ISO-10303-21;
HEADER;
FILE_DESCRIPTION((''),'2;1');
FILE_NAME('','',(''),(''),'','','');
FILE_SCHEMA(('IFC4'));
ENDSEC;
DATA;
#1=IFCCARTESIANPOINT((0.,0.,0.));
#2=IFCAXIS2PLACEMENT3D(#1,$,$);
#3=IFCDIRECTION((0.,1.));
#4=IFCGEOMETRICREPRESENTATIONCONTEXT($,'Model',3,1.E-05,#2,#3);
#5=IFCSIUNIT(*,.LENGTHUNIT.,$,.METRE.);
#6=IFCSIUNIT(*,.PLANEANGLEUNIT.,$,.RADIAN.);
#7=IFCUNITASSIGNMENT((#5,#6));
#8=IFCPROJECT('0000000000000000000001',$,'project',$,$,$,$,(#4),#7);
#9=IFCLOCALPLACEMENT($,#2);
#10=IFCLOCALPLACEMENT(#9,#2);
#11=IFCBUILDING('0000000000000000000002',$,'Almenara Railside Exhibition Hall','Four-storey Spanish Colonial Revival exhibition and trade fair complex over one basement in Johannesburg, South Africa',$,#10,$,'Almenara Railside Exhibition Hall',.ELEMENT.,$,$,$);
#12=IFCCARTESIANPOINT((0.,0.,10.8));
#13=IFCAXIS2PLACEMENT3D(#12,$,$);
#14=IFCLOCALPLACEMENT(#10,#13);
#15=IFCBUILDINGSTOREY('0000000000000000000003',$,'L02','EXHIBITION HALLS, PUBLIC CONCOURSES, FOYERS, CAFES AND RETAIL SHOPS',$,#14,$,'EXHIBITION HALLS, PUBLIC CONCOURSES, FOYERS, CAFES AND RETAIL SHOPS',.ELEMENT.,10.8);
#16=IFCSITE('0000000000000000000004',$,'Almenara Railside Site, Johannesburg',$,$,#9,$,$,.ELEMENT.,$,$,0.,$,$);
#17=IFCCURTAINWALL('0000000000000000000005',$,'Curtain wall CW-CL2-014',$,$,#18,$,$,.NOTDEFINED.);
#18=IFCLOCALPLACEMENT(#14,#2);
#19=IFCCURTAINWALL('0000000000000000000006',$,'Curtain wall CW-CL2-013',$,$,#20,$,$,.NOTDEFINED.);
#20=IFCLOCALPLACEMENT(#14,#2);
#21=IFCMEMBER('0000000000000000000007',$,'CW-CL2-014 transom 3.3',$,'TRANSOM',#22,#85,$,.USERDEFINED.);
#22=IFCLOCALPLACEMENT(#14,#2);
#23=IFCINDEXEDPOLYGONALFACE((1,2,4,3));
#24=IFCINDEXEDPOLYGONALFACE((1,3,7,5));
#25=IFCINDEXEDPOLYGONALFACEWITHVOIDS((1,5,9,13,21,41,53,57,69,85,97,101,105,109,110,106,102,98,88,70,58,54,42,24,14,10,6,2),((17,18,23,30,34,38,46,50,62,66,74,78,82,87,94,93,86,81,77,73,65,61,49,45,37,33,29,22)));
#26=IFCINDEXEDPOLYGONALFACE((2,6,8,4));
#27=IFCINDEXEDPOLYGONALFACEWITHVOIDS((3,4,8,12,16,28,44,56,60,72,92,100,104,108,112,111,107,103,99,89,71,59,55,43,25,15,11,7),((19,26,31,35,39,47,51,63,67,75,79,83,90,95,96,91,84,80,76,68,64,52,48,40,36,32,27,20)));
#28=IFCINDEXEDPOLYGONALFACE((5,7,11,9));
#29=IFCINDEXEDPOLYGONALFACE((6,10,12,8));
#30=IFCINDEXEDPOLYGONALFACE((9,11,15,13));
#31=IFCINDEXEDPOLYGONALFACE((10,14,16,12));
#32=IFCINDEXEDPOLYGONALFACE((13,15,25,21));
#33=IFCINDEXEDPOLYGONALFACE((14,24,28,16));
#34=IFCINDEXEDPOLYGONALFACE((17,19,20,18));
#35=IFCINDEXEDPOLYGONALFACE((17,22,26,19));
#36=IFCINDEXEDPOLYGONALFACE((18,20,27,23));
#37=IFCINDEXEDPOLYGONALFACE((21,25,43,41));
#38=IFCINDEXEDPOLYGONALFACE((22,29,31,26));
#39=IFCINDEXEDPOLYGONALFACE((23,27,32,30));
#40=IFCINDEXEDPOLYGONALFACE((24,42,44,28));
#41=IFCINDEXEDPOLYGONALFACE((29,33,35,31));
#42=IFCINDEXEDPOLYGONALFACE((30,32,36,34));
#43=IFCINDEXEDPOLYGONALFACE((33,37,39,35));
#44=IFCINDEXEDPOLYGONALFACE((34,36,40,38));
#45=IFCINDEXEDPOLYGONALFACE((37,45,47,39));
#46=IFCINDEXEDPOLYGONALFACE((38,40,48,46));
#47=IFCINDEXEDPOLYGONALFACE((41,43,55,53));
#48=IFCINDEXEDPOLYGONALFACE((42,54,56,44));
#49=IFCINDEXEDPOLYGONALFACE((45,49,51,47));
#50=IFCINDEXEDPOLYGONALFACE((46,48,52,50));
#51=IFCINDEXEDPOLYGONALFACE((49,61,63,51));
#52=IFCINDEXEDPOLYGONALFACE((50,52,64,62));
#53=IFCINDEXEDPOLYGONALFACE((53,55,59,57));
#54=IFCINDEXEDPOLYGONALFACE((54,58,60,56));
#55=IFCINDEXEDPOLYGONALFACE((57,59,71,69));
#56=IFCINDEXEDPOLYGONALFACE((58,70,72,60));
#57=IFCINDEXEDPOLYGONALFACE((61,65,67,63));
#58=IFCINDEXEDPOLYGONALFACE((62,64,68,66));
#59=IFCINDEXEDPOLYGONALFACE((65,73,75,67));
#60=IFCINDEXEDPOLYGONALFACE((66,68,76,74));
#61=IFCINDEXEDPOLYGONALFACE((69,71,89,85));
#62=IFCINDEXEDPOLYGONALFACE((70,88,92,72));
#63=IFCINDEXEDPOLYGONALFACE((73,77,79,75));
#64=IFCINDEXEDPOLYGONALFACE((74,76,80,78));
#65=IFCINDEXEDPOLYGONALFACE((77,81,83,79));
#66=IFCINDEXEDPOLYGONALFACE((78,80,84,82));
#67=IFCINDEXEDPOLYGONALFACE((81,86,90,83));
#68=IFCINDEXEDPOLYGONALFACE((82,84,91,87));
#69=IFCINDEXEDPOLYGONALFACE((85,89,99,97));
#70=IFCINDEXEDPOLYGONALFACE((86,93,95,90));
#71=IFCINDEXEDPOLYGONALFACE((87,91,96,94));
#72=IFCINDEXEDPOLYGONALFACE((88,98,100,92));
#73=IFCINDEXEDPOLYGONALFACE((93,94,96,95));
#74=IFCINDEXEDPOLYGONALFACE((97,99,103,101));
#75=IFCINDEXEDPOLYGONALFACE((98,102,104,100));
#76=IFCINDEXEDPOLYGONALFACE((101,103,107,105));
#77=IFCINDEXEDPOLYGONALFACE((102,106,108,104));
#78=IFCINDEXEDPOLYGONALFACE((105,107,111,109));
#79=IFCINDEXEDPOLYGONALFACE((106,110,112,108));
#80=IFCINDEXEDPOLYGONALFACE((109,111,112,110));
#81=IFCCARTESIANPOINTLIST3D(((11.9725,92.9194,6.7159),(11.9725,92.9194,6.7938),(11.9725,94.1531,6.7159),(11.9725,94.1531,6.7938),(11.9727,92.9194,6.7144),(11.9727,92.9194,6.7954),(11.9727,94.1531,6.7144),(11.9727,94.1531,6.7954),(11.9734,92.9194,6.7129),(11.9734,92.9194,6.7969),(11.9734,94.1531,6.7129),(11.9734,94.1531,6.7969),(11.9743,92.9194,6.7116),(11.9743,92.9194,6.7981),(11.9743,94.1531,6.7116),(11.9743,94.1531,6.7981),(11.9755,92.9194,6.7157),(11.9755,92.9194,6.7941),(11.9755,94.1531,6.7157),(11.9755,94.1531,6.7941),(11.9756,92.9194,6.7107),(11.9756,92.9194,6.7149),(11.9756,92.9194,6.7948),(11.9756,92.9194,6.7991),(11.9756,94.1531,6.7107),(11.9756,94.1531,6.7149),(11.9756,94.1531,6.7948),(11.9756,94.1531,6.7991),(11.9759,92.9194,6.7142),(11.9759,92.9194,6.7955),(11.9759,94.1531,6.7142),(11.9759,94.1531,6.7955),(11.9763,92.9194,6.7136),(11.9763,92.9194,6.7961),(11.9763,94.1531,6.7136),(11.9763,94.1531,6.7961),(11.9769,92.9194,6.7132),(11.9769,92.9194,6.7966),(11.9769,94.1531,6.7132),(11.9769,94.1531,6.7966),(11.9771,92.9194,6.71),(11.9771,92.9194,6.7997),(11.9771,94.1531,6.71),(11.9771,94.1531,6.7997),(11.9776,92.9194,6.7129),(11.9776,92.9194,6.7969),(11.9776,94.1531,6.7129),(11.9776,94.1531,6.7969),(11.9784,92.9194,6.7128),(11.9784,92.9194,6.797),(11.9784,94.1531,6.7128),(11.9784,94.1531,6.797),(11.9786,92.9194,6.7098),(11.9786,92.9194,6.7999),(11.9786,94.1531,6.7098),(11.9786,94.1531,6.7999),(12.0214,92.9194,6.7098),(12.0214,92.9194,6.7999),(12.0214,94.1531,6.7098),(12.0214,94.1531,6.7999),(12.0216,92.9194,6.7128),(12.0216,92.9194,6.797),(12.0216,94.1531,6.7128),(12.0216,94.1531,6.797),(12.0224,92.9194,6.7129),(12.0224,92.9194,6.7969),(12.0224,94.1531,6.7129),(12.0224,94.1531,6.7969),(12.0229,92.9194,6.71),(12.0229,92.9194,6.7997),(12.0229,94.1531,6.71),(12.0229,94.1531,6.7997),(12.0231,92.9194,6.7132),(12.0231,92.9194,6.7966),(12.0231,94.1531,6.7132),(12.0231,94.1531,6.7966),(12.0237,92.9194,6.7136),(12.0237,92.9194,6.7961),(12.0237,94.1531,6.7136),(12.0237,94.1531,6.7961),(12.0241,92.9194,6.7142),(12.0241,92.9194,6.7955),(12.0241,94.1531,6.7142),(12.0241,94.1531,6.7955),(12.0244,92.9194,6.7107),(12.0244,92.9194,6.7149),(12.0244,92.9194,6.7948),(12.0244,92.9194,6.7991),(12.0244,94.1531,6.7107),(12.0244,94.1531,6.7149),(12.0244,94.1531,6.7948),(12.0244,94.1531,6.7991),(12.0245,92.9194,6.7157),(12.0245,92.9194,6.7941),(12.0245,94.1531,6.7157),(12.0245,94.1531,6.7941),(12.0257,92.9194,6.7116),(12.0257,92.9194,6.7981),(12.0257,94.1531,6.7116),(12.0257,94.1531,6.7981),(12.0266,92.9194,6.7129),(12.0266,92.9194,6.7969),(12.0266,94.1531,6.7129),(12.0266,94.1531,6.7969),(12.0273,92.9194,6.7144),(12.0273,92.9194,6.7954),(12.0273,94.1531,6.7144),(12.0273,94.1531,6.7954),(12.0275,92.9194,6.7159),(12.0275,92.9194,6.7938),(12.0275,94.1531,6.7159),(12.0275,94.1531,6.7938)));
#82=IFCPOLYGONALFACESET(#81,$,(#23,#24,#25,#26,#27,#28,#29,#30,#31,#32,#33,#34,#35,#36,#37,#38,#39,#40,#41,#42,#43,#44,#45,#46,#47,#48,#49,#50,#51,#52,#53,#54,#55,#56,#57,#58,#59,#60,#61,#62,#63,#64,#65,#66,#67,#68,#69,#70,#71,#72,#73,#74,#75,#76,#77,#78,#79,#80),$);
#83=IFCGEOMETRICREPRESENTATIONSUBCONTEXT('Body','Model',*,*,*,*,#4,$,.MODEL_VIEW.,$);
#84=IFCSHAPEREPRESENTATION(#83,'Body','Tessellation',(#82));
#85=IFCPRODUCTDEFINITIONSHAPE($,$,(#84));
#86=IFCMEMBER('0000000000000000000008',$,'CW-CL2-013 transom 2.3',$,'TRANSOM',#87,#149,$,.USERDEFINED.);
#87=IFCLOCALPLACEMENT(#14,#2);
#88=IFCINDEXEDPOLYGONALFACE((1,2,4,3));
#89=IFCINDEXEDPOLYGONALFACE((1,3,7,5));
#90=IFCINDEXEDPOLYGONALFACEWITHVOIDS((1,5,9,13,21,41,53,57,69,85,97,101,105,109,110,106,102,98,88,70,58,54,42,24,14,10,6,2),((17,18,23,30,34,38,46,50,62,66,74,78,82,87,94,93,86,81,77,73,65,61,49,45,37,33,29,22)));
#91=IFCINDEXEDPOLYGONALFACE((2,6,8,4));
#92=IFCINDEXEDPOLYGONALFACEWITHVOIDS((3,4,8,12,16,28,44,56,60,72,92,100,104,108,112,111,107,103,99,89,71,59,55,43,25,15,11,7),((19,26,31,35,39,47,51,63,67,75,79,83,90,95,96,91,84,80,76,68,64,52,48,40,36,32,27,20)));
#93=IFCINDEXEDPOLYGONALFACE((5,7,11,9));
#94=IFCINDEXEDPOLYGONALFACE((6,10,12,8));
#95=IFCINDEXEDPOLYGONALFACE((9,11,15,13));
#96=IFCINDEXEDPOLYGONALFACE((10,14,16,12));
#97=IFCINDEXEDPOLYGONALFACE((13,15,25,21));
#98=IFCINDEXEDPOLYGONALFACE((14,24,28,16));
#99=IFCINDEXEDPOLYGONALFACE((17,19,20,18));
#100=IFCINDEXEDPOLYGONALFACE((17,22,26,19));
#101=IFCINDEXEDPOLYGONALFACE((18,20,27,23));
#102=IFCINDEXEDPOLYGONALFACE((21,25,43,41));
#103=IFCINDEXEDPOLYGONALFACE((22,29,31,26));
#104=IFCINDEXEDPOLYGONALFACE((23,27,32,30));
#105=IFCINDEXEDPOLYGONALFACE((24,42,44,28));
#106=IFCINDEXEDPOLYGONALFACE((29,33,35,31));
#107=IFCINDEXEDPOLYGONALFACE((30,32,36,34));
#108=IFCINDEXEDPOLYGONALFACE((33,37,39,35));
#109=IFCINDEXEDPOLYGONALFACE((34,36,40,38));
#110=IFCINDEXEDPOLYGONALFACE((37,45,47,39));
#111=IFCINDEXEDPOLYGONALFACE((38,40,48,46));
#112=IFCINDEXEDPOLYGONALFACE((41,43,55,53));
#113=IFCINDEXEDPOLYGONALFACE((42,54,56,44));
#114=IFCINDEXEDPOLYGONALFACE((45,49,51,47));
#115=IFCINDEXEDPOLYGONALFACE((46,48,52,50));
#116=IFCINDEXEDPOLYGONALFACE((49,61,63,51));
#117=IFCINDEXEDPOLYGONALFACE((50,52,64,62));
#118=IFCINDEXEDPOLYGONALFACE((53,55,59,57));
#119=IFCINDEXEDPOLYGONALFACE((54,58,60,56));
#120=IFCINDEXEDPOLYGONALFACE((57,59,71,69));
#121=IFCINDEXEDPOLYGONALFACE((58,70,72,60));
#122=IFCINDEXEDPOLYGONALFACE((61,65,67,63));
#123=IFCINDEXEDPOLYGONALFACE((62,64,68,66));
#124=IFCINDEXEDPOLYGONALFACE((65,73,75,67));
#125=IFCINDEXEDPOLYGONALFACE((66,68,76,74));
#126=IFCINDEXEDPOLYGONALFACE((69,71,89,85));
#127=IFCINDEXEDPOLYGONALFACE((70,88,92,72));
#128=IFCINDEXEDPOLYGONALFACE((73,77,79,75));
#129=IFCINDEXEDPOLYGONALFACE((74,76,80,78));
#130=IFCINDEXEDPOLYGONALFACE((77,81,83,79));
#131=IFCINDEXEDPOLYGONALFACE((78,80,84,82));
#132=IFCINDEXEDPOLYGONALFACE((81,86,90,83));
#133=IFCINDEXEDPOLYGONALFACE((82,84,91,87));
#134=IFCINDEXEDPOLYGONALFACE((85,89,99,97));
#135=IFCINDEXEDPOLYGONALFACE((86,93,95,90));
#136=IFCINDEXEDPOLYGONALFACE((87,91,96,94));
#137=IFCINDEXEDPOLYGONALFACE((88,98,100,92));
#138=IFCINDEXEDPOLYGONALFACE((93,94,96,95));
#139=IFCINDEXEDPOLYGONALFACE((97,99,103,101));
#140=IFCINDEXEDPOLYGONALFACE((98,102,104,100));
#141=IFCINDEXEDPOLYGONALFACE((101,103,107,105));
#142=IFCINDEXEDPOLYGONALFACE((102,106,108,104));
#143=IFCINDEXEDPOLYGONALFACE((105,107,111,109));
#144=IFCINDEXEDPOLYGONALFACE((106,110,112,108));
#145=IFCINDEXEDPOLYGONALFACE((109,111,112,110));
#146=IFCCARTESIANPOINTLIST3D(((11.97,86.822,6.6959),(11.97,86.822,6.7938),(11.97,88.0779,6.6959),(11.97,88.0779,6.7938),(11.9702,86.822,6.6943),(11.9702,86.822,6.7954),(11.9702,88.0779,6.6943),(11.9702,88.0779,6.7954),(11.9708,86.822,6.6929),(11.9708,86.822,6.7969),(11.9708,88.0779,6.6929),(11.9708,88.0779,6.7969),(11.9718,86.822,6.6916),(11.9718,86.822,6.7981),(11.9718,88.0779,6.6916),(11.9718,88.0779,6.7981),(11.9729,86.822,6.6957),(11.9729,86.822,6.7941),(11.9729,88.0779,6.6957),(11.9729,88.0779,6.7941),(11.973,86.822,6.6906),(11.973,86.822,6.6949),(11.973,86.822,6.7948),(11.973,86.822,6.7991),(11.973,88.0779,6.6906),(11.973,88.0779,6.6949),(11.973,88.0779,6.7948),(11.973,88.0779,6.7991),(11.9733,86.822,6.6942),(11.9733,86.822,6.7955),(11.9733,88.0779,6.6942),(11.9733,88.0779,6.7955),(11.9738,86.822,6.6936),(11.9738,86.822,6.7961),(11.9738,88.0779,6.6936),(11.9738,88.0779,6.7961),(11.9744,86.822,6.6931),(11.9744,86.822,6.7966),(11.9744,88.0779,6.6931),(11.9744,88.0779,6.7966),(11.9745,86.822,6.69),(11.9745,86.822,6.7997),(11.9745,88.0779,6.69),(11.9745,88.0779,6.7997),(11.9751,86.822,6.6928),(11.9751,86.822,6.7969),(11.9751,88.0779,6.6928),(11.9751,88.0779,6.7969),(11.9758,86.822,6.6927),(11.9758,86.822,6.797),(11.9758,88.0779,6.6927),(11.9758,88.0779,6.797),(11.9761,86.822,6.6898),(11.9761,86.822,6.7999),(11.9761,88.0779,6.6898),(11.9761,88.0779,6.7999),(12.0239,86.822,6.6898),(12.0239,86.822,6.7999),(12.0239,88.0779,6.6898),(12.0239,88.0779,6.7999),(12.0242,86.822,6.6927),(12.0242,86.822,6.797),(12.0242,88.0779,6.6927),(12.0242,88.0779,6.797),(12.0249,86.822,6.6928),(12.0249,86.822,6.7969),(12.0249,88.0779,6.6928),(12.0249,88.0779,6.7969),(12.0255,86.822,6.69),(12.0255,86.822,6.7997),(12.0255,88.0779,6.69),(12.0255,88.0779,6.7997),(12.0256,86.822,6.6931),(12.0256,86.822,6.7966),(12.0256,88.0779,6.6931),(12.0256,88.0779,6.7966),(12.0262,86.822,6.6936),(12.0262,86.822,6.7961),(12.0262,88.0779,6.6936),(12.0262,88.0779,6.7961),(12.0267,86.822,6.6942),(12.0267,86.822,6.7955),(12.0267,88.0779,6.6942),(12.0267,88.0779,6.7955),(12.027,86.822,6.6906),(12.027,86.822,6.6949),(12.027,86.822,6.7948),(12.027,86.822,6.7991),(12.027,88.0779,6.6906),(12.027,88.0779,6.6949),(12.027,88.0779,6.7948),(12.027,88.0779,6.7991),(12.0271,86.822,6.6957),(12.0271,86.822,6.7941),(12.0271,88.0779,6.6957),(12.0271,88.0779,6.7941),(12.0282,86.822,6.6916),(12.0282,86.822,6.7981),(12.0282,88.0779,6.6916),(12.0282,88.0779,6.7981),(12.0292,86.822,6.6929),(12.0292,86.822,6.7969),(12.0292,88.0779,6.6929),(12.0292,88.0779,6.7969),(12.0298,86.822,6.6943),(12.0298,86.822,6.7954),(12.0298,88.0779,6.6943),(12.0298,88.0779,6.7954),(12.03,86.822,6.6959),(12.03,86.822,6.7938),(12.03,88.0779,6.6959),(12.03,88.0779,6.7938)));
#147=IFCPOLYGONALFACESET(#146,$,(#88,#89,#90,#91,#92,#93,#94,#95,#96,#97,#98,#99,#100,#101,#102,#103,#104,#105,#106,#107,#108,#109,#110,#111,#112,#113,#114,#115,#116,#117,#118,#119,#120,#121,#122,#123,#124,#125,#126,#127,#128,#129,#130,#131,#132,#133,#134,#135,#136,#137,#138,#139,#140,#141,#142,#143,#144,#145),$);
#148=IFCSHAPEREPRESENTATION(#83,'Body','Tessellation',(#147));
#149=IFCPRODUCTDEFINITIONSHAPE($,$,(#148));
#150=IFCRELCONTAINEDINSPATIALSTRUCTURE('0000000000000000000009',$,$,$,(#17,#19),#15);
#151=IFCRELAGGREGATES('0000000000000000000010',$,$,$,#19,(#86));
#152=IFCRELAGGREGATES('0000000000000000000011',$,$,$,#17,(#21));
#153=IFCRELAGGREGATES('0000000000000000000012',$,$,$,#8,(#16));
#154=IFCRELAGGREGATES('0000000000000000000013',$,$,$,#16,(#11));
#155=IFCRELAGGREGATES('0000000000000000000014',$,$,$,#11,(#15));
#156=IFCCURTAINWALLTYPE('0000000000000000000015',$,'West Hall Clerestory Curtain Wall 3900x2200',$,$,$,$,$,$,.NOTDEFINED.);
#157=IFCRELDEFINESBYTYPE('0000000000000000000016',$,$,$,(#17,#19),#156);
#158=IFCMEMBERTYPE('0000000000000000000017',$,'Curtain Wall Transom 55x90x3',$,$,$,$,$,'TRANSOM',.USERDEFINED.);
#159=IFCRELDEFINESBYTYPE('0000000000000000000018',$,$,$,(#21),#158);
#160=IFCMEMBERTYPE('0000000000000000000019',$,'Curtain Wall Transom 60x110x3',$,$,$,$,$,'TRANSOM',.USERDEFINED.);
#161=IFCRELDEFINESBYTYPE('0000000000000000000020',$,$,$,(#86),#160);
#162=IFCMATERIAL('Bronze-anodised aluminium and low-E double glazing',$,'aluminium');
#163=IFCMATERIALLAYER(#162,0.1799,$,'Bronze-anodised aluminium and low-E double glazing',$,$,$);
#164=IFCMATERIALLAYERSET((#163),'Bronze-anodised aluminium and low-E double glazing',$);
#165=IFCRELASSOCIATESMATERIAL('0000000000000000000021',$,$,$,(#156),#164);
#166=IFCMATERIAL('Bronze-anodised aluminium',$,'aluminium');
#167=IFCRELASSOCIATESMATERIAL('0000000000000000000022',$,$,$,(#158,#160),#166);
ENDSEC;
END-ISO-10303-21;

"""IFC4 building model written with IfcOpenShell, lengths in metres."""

from ifc_helpers import new_model, si_unit, direction, frame, origin, origin_2d, place, context, subcontext, project, spatial, hollow_rectangle, extrude, material, layer, layer_set, material_profile, profile_set, type_object, element, aggregate, save


model = new_model("IFC4")

# Units and contexts
model_context = context("Model", 3, precision=1e-05, world=origin(), true_north=direction((0.0, 1.0)))
body_context = subcontext(model_context, "Body", "Model", "MODEL_VIEW")
ifc_project = project(units=[si_unit("LENGTHUNIT", "METRE"), si_unit("PLANEANGLEUNIT", "RADIAN")], contexts=[model_context])

# Site, building, storey
site_placement = place(None, origin())
site = spatial("IfcSite", under=ifc_project, at=site_placement, Name="Almenara Railside Site, Johannesburg", CompositionType="ELEMENT", RefElevation=0.0)
building_placement = place(site_placement, origin())
building = spatial("IfcBuilding", under=site, at=building_placement, Name="Almenara Railside Exhibition Hall", Description="Four-storey Spanish Colonial Revival exhibition and trade fair complex over one basement in Johannesburg, South Africa", LongName="Almenara Railside Exhibition Hall", CompositionType="ELEMENT")
storey_placement = place(building_placement, frame((0.0, 0.0, 10.8)))
storey = spatial("IfcBuildingStorey", under=building, at=storey_placement, Name="L02", Description="EXHIBITION HALLS, PUBLIC CONCOURSES, FOYERS, CAFES AND RETAIL SHOPS", LongName="EXHIBITION HALLS, PUBLIC CONCOURSES, FOYERS, CAFES AND RETAIL SHOPS", CompositionType="ELEMENT", Elevation=10.8)

# Curtain walls
ifc_material_1 = material(Name="Bronze-anodised aluminium and low-E double glazing", Category="aluminium")
ifc_layer_1 = layer(ifc_material_1, 0.1799, Name="Bronze-anodised aluminium and low-E double glazing")
ifc_layer_set_1 = layer_set([ifc_layer_1], Name="Bronze-anodised aluminium and low-E double glazing")
curtain_wall_type_1 = type_object("IfcCurtainWallType", Name="West Hall Clerestory Curtain Wall 3900x2200", PredefinedType="NOTDEFINED", material=ifc_layer_set_1)
curtain_wall_1_placement = place(storey_placement, origin())
curtain_wall_1 = element("IfcCurtainWall", 1, at=curtain_wall_1_placement, inside=storey, type_object=curtain_wall_type_1, Name="Curtain wall CW-CL2-014", PredefinedType="NOTDEFINED")
ifc_material_2 = material(Name="Bronze-anodised aluminium", Category="aluminium")
curtain_wall_2_placement = place(storey_placement, origin())
curtain_wall_2 = element("IfcCurtainWall", 2, at=curtain_wall_2_placement, inside=storey, type_object=curtain_wall_type_1, Name="Curtain wall CW-CL2-013", PredefinedType="NOTDEFINED")

# Members
ifc_material_profile_1 = material_profile(ifc_material_2, hollow_rectangle(XDim=0.0549, YDim=0.0901, WallThickness=0.0029, InnerFilletRadius=0.0029, OuterFilletRadius=0.0061, at=origin_2d()), Name="ALU-TRN 55x90x3")
ifc_profile_set_1 = profile_set([ifc_material_profile_1], Name="Bronze-anodised aluminium")
member_type_1 = type_object("IfcMemberType", Name="Curtain Wall Transom 55x90x3", ElementType="TRANSOM", PredefinedType="USERDEFINED", material=ifc_profile_set_1)
member_1_placement = place(storey_placement, frame((12.0, 92.9194, 6.7549), z_axis=(0.0, 1.0, 0.0), x_axis=(-1.0, 0.0, 0.0)))
member_1 = element("IfcMember", 3, at=member_1_placement, type_object=member_type_1, Name="CW-CL2-014 transom 3.3", ObjectType="TRANSOM", PredefinedType="USERDEFINED", context=body_context, shape_type="SweptSolid", body=[
    extrude(hollow_rectangle(XDim=0.0549, YDim=0.0901, WallThickness=0.0029, InnerFilletRadius=0.0029, OuterFilletRadius=0.0061, at=origin_2d()), origin(), (0.0, 0.0, 1.0), 1.2336),
])
ifc_material_profile_2 = material_profile(ifc_material_2, hollow_rectangle(XDim=0.0601, YDim=0.1101, WallThickness=0.0029, InnerFilletRadius=0.0029, OuterFilletRadius=0.0061, at=origin_2d()), Name="ALU-TRN 60x110x3")
ifc_profile_set_2 = profile_set([ifc_material_profile_2], Name="Bronze-anodised aluminium")
member_type_2 = type_object("IfcMemberType", Name="Curtain Wall Transom 60x110x3", ElementType="TRANSOM", PredefinedType="USERDEFINED", material=ifc_profile_set_2)
member_2_placement = place(storey_placement, frame((12.0, 86.822, 6.7449), z_axis=(0.0, 1.0, 0.0), x_axis=(-1.0, 0.0, 0.0)))
member_2 = element("IfcMember", 4, at=member_2_placement, type_object=member_type_2, Name="CW-CL2-013 transom 2.3", ObjectType="TRANSOM", PredefinedType="USERDEFINED", context=body_context, shape_type="SweptSolid", body=[
    extrude(hollow_rectangle(XDim=0.0601, YDim=0.1101, WallThickness=0.0029, InnerFilletRadius=0.0029, OuterFilletRadius=0.0061, at=origin_2d()), origin(), (0.0, 0.0, 1.0), 1.2559),
])

aggregate(curtain_wall_2, [member_2])
aggregate(curtain_wall_1, [member_1])

save(model, "model.ifc")
